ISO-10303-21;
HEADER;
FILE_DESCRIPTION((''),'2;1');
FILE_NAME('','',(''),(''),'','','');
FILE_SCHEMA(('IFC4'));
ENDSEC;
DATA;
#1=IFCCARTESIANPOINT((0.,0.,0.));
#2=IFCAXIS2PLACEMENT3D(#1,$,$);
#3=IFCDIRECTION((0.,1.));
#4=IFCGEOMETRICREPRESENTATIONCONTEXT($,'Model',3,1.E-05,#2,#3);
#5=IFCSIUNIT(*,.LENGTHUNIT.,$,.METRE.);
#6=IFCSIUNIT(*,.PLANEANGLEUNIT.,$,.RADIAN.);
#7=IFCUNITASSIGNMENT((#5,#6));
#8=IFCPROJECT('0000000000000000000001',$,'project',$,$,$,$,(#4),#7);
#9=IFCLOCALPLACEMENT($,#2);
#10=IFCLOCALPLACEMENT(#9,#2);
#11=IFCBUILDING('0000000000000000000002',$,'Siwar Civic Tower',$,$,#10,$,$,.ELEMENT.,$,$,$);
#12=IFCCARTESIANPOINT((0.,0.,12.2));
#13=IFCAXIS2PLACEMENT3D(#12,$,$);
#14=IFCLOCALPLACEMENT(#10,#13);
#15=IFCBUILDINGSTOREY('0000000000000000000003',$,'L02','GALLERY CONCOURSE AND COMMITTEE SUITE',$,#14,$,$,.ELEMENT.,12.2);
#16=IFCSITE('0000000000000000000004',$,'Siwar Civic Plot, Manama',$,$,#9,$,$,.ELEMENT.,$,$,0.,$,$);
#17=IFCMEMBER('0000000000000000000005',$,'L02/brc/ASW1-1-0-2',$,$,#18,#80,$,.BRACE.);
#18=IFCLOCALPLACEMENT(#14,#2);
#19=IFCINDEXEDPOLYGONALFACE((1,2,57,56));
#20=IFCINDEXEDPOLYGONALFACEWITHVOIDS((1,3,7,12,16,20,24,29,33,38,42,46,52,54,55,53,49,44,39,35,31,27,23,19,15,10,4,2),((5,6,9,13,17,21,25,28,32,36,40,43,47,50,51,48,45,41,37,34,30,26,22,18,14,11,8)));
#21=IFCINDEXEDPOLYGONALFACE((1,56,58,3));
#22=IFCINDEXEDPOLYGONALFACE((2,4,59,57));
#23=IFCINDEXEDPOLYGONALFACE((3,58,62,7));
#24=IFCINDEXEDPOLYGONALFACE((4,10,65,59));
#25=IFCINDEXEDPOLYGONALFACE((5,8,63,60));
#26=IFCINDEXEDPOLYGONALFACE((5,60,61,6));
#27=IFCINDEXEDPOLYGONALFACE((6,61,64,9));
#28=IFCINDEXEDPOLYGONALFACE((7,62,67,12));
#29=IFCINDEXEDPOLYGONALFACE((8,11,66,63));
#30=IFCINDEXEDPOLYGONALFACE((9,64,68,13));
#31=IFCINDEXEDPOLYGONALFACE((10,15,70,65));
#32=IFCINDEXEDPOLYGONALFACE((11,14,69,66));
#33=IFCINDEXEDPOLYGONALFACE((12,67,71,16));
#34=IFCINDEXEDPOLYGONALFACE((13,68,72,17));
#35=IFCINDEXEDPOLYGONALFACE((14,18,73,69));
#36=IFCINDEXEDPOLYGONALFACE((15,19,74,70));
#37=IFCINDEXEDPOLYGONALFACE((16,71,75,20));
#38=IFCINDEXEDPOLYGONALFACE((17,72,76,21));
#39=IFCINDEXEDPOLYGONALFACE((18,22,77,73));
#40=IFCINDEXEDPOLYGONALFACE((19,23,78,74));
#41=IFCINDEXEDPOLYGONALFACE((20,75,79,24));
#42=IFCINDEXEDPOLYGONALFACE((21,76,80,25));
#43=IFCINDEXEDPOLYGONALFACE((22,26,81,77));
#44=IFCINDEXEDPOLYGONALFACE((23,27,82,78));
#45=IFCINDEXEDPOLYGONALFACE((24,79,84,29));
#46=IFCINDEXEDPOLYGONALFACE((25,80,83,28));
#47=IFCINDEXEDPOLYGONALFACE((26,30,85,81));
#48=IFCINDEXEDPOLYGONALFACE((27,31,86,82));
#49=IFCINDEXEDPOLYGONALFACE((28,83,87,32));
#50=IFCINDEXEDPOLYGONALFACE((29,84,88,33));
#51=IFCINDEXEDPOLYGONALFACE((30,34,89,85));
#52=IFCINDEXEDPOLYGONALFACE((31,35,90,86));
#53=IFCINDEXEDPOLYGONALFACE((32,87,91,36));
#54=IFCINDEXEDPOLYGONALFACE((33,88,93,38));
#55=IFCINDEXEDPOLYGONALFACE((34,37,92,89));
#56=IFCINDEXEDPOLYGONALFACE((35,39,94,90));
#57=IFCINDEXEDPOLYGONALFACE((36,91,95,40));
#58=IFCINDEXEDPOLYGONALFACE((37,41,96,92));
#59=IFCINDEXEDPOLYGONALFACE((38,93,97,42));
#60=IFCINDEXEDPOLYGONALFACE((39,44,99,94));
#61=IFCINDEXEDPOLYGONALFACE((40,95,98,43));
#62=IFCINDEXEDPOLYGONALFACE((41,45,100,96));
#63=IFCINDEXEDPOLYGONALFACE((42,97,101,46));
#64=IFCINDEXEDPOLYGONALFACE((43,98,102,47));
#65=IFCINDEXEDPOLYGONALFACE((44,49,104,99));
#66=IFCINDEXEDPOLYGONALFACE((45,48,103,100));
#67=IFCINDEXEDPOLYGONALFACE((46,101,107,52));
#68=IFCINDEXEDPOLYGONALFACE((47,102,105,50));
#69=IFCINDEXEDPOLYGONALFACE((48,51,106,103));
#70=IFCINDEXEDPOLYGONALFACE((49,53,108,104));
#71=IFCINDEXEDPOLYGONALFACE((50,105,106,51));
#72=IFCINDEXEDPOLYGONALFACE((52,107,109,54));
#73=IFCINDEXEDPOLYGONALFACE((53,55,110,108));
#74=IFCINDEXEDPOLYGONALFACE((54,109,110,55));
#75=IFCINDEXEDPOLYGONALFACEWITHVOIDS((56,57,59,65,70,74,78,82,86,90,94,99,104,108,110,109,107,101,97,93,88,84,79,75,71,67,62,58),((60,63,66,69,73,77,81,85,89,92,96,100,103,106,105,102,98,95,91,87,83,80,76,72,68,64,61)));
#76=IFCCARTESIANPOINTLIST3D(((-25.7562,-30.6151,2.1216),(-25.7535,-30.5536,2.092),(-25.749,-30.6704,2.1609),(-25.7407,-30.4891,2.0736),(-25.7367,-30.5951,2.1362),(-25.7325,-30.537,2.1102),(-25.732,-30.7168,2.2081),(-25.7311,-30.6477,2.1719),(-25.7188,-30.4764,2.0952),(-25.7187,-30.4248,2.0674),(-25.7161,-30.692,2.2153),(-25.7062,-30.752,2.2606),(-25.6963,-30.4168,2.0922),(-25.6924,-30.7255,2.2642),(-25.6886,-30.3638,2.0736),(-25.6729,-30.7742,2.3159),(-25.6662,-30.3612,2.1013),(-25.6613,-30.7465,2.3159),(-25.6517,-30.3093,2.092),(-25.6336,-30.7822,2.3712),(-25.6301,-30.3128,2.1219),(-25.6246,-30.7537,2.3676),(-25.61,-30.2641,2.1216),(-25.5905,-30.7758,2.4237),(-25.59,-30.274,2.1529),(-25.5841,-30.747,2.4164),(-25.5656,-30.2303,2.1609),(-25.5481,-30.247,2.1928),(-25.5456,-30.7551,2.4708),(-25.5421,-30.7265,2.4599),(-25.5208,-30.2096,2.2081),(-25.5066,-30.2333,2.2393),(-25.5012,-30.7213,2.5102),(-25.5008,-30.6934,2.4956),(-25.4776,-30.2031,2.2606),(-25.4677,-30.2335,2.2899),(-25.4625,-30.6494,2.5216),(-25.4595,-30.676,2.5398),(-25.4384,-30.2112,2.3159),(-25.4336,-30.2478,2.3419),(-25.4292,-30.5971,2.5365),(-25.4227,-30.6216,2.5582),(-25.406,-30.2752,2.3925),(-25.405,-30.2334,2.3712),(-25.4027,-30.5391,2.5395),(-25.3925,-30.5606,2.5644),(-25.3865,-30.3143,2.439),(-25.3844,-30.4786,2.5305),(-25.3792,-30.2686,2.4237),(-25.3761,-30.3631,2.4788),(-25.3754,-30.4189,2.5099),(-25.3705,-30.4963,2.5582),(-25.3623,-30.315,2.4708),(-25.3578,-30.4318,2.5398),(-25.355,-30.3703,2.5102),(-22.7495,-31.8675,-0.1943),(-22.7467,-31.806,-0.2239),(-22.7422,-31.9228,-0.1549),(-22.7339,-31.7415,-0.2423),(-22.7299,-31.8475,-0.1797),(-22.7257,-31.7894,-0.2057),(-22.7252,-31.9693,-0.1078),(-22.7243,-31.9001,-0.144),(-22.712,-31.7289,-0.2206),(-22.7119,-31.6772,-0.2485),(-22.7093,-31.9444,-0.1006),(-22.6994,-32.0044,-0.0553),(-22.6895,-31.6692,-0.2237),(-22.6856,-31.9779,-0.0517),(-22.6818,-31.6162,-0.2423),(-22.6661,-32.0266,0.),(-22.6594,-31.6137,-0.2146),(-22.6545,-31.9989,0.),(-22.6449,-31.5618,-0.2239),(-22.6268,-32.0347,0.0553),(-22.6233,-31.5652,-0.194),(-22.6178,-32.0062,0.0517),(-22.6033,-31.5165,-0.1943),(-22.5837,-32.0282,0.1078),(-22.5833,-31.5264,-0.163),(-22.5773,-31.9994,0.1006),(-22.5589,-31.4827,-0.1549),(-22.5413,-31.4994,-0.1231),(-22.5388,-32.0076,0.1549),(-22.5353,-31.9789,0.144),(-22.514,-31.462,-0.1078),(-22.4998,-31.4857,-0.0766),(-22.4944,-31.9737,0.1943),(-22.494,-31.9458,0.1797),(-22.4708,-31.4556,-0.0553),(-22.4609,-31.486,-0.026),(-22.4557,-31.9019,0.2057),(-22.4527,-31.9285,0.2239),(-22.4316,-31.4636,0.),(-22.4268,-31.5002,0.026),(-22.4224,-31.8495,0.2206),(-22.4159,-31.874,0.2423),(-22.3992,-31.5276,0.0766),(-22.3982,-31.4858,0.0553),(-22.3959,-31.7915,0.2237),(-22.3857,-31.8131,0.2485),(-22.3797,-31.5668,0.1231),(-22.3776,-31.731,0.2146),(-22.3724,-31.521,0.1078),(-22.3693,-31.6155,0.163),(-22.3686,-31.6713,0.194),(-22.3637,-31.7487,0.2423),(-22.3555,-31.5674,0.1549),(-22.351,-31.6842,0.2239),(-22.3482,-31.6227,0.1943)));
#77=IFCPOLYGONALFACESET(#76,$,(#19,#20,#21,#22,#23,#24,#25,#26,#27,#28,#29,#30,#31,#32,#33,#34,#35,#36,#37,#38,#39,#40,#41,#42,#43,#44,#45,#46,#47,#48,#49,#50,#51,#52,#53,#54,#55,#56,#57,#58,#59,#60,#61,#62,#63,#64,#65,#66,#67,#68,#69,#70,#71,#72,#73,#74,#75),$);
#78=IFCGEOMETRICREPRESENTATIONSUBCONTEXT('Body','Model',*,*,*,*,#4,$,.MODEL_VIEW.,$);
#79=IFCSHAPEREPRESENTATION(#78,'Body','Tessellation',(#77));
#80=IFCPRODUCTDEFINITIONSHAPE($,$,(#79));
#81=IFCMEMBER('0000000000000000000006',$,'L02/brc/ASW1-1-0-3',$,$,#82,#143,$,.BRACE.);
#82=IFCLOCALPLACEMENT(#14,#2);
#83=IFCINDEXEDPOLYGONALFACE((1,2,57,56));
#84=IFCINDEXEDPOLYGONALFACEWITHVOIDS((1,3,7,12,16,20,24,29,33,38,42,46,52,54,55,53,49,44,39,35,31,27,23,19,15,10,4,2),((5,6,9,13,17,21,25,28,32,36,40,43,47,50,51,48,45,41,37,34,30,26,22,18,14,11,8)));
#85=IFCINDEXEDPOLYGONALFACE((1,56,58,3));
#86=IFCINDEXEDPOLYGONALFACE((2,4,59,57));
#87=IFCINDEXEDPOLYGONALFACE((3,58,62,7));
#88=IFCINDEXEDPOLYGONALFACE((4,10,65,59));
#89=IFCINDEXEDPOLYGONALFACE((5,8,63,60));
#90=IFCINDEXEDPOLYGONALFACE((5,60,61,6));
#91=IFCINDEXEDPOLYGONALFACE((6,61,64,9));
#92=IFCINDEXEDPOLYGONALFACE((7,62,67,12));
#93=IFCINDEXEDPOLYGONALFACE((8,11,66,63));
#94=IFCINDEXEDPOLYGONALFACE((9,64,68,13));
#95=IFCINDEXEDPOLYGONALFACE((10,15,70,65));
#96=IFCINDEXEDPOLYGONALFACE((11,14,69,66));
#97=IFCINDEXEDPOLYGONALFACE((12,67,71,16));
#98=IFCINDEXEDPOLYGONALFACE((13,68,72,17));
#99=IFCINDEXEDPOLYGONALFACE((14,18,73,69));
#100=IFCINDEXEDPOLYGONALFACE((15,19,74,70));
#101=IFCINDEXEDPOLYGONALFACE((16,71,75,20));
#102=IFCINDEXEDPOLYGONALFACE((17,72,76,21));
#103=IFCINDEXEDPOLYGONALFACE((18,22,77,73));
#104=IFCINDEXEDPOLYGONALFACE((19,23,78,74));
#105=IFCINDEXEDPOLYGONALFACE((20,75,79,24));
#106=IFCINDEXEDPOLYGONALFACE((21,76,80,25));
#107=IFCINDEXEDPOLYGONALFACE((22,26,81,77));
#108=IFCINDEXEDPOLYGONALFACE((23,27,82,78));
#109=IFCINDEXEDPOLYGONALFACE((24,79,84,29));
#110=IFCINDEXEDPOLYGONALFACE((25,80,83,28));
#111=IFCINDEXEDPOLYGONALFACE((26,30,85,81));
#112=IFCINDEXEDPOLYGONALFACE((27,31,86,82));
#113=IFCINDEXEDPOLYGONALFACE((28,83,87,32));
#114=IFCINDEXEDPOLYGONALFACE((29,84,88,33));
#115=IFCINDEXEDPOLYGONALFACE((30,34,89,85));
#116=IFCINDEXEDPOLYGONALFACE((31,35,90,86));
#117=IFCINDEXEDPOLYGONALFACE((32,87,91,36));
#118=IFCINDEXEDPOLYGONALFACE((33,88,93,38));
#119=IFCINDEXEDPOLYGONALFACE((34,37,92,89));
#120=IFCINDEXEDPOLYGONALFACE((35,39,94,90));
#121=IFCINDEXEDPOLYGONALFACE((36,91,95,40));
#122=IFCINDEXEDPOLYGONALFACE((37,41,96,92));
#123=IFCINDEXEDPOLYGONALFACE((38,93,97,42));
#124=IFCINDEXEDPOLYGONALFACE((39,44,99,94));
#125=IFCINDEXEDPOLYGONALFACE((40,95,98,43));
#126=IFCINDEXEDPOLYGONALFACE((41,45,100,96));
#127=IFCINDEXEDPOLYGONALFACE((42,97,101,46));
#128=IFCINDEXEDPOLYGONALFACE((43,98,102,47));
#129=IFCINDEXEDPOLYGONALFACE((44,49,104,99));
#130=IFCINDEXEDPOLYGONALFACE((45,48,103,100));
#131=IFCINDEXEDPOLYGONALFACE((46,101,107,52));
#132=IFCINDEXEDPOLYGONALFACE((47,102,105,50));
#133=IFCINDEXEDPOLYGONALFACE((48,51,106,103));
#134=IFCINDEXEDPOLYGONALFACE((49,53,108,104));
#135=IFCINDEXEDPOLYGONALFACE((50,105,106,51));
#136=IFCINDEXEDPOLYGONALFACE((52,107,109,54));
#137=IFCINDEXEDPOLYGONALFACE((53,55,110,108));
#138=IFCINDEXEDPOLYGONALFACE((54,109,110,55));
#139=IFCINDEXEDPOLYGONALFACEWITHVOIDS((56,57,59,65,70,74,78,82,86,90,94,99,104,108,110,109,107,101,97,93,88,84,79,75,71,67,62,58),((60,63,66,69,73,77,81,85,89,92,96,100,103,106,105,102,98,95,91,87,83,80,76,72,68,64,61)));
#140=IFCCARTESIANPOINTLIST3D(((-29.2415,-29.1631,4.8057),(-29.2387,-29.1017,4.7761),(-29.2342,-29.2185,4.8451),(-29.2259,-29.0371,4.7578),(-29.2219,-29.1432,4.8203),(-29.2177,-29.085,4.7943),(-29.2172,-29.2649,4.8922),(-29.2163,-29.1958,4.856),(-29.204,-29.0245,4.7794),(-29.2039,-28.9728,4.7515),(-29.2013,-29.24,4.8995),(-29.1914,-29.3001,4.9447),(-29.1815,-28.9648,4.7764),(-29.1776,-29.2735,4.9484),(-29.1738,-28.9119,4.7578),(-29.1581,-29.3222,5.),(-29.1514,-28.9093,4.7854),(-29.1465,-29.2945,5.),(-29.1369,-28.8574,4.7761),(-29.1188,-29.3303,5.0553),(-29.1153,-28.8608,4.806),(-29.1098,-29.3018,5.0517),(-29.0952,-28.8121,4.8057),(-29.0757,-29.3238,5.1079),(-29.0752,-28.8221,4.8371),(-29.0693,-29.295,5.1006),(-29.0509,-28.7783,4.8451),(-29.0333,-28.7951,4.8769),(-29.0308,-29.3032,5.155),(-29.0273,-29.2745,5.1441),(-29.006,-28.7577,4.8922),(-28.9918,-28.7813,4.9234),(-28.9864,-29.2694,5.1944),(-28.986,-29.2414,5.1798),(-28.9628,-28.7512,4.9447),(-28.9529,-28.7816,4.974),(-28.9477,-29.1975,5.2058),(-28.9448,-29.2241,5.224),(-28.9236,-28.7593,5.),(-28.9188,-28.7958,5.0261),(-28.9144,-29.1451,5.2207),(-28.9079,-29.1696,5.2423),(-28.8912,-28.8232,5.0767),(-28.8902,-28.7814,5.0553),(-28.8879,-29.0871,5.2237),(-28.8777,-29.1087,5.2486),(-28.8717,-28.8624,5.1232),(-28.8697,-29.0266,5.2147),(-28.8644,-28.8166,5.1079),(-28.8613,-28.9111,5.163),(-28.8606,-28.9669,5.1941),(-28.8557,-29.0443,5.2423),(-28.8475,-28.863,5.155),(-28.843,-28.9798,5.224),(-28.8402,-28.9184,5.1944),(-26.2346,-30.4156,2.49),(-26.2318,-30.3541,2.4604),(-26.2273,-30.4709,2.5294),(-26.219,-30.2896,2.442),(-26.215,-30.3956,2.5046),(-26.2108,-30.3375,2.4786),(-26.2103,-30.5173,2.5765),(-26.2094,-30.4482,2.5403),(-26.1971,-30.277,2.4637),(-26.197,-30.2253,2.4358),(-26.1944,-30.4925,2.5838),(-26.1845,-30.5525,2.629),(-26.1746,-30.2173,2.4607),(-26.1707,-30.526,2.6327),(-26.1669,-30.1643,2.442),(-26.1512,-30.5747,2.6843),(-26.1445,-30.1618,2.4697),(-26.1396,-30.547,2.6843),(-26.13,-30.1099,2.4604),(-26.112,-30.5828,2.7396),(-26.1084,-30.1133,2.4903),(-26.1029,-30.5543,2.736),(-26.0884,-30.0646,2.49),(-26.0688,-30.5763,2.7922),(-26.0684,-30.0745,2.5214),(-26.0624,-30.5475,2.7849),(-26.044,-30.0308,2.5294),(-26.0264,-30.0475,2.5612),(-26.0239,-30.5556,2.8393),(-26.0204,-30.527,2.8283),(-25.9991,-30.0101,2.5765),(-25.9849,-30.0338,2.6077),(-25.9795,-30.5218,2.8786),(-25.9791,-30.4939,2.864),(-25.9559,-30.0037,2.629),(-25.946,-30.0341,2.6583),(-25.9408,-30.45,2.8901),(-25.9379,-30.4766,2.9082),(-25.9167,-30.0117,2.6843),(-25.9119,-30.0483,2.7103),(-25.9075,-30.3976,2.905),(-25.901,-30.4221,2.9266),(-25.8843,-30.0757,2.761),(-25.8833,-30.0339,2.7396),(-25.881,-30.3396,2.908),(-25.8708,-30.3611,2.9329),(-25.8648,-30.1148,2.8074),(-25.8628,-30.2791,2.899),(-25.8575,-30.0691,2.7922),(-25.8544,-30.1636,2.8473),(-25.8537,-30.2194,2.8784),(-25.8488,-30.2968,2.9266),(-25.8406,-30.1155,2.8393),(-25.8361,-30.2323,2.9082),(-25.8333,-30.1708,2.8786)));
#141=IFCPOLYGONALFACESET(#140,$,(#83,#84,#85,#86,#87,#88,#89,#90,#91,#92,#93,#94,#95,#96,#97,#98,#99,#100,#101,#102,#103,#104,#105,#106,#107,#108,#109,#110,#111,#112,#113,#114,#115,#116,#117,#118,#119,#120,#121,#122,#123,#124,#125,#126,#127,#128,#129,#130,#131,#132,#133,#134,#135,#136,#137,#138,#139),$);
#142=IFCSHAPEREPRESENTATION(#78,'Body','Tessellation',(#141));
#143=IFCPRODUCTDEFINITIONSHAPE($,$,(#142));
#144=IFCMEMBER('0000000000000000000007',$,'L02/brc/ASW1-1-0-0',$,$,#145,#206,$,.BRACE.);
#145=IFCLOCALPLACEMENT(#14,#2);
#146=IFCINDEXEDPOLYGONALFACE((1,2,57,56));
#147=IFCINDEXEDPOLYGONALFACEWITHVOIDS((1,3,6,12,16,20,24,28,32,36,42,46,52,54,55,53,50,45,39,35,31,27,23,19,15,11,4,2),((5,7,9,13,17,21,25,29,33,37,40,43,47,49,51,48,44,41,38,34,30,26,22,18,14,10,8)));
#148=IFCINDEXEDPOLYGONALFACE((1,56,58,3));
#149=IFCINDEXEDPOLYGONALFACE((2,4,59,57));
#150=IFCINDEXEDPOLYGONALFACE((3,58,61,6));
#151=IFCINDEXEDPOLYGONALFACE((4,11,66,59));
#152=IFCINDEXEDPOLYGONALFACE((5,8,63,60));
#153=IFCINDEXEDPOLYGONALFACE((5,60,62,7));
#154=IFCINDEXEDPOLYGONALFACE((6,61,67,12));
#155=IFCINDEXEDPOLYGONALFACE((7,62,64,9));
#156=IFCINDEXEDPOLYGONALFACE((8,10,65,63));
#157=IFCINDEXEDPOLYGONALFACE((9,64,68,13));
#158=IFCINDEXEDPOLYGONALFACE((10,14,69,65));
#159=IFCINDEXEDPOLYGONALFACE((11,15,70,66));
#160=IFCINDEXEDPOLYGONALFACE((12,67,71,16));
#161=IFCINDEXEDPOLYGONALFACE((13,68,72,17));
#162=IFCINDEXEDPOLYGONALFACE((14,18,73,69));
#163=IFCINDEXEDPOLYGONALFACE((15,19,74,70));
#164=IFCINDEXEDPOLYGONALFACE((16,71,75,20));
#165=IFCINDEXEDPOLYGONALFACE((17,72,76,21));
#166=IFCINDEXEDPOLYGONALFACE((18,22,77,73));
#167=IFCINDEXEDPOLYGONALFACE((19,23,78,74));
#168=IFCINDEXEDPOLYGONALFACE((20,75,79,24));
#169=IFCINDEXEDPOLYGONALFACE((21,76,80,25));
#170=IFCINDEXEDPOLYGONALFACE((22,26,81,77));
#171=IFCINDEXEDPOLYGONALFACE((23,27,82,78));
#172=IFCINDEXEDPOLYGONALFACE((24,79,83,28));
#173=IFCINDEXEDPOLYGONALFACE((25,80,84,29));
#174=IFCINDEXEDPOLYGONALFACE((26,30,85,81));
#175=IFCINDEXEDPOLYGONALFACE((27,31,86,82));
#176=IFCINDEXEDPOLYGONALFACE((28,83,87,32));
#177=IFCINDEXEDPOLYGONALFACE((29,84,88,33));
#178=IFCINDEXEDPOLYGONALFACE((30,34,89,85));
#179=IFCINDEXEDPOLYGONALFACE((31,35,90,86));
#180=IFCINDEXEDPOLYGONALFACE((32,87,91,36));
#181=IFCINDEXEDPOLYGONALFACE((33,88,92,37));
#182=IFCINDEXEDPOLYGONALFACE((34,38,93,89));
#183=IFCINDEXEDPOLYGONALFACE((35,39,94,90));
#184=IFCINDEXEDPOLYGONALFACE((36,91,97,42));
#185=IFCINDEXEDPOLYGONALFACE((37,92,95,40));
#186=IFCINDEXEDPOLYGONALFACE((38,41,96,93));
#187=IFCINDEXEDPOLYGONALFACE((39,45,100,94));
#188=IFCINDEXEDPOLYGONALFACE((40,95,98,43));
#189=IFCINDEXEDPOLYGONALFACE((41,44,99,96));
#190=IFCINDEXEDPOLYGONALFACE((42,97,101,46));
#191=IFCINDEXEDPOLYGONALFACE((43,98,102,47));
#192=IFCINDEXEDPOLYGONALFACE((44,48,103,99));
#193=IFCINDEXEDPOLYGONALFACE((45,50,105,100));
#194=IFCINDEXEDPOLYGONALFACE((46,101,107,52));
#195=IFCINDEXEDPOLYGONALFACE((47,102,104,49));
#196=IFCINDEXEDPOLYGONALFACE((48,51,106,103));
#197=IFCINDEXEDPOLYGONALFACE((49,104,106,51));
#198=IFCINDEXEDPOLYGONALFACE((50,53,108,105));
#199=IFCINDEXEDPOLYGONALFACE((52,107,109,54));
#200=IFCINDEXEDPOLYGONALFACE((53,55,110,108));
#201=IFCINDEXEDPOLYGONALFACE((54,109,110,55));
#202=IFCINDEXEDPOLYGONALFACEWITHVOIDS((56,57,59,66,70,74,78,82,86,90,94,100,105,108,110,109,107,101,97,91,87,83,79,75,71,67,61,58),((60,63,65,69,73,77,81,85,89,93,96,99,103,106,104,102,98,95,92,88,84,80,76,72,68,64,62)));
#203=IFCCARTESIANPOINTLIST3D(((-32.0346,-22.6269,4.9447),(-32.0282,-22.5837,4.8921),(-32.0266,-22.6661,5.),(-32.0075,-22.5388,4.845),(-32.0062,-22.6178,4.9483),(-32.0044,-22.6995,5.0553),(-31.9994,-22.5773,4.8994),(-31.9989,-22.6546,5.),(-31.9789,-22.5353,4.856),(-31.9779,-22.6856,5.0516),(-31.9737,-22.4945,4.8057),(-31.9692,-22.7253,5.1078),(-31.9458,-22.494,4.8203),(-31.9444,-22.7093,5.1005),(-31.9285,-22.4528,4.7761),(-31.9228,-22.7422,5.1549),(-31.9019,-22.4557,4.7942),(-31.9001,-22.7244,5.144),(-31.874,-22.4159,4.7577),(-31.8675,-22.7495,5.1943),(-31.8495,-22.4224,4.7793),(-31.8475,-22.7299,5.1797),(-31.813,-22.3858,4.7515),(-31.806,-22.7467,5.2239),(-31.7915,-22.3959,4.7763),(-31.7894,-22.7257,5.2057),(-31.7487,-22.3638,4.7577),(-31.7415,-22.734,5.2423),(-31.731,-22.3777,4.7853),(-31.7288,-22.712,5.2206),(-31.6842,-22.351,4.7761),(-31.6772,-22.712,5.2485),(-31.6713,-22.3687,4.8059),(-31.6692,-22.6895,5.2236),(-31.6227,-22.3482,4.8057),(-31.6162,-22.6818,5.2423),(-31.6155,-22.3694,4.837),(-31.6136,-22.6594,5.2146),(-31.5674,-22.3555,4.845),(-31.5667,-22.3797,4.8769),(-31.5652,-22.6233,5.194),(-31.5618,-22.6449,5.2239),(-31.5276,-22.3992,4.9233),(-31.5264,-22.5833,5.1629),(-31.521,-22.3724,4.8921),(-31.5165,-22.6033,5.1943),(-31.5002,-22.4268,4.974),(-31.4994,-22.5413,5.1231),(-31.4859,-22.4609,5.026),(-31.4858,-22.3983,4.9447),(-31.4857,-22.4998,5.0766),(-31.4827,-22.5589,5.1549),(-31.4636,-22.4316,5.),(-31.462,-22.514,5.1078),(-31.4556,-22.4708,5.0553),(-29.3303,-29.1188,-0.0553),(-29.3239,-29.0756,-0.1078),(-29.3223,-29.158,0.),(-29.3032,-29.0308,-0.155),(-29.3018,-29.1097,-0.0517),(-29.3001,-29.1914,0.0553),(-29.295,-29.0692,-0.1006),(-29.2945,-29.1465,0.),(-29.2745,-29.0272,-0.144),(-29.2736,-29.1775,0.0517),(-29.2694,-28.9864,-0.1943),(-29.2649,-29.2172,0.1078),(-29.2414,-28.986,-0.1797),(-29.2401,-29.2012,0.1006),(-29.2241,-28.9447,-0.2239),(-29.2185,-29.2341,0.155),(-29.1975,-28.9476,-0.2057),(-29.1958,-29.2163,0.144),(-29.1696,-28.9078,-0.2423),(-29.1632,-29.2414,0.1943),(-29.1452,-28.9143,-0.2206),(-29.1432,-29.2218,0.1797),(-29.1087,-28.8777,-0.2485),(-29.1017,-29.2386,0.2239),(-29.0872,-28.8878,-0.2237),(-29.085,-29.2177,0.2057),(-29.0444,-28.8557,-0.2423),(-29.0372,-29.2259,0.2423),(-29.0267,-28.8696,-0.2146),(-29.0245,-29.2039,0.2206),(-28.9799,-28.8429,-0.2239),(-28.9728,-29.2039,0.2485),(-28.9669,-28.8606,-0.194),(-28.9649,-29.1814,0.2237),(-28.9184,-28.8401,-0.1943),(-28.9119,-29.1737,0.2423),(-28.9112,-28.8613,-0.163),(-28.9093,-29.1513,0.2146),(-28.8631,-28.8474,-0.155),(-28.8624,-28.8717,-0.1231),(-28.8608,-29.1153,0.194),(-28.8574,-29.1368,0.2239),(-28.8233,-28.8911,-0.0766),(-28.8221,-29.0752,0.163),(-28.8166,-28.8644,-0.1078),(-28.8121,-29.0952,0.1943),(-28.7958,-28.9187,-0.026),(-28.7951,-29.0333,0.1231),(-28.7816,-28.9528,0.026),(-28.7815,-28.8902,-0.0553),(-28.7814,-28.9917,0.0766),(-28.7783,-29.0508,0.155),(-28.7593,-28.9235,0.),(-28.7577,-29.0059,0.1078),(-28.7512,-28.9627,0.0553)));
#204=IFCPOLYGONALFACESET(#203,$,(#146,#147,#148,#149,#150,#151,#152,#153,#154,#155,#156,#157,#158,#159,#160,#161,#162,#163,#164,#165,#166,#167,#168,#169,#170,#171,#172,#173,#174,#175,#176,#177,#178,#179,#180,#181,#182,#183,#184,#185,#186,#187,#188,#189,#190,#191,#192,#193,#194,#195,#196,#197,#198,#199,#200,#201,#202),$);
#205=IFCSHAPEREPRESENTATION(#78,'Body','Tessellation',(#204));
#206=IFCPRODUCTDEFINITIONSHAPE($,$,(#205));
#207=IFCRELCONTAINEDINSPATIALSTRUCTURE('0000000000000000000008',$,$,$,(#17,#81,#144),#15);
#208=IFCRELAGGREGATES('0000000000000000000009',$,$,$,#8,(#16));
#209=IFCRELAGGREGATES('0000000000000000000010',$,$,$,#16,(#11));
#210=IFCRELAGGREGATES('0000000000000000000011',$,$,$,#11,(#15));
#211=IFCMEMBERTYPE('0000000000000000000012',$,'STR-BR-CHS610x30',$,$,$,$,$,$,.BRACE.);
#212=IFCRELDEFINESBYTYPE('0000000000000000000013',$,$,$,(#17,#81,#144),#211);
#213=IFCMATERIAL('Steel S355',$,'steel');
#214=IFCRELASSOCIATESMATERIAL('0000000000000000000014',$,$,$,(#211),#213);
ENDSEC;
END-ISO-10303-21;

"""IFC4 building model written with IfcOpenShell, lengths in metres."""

from ifc_helpers import new_model, si_unit, direction, frame, origin, origin_2d, place, context, subcontext, project, spatial, hollow_circle, extrude, material, material_profile, profile_set, type_object, element, save


model = new_model("IFC4")

# Units and contexts
model_context = context("Model", 3, precision=1e-05, world=origin(), true_north=direction((0.0, 1.0)))
body_context = subcontext(model_context, "Body", "Model", "MODEL_VIEW")
ifc_project = project(units=[si_unit("LENGTHUNIT", "METRE"), si_unit("PLANEANGLEUNIT", "RADIAN")], contexts=[model_context])

# Site, building, storey
site_placement = place(None, origin())
site = spatial("IfcSite", under=ifc_project, at=site_placement, Name="Siwar Civic Plot, Manama", CompositionType="ELEMENT", RefElevation=0.0)
building_placement = place(site_placement, origin())
building = spatial("IfcBuilding", under=site, at=building_placement, Name="Siwar Civic Tower", CompositionType="ELEMENT")
storey_placement = place(building_placement, frame((0.0, 0.0, 12.2)))
storey = spatial("IfcBuildingStorey", under=building, at=storey_placement, Name="L02", Description="GALLERY CONCOURSE AND COMMITTEE SUITE", CompositionType="ELEMENT", Elevation=12.2)

# Members
ifc_material_1 = material(Name="Steel S355", Category="steel")
ifc_material_profile_1 = material_profile(ifc_material_1, hollow_circle(Radius=0.3049, WallThickness=0.03, at=origin_2d()), Name="CHS610x30")
ifc_profile_set_1 = profile_set([ifc_material_profile_1], Name="Steel S355")
member_type_1 = type_object("IfcMemberType", Name="STR-BR-CHS610x30", PredefinedType="BRACE", material=ifc_profile_set_1)
for number, where, z_axis, x_axis, name in (
    (1, (-22.5488, -31.7451, 0.0), (-0.752341, 0.313373, 0.579466), (-0.384509, -0.923121, 0.0), "L02/brc/ASW1-1-0-2"),
    (2, (-26.0339, -30.2932, 2.6843), (-0.752367, 0.313385, 0.579425), (-0.384509, -0.923121, 0.0), "L02/brc/ASW1-1-0-3"),
):
    element("IfcMember", number, at=place(storey_placement, frame(where, z_axis=z_axis, x_axis=x_axis)), inside=storey, type_object=member_type_1, Name=name, PredefinedType="BRACE", context=body_context, shape_type="SweptSolid", body=[
        extrude(hollow_circle(Radius=0.3049, WallThickness=0.03, at=origin_2d()), origin(), (0.0, 0.0, 1.0), 3.9966),
    ])
member_1_placement = place(storey_placement, frame((-29.0408, -29.0408, 0.0), z_axis=(-0.313404, 0.752344, 0.579445), x_axis=(-0.923109, -0.384539, 0.0)))
element("IfcMember", 3, at=member_1_placement, inside=storey, type_object=member_type_1, Name="L02/brc/ASW1-1-0-0", PredefinedType="BRACE", context=body_context, shape_type="SweptSolid", body=[
    extrude(hollow_circle(Radius=0.3049, WallThickness=0.03, at=origin_2d()), origin(), (0.0, 0.0, 1.0), 8.6289),
])

save(model, "model.ifc")
